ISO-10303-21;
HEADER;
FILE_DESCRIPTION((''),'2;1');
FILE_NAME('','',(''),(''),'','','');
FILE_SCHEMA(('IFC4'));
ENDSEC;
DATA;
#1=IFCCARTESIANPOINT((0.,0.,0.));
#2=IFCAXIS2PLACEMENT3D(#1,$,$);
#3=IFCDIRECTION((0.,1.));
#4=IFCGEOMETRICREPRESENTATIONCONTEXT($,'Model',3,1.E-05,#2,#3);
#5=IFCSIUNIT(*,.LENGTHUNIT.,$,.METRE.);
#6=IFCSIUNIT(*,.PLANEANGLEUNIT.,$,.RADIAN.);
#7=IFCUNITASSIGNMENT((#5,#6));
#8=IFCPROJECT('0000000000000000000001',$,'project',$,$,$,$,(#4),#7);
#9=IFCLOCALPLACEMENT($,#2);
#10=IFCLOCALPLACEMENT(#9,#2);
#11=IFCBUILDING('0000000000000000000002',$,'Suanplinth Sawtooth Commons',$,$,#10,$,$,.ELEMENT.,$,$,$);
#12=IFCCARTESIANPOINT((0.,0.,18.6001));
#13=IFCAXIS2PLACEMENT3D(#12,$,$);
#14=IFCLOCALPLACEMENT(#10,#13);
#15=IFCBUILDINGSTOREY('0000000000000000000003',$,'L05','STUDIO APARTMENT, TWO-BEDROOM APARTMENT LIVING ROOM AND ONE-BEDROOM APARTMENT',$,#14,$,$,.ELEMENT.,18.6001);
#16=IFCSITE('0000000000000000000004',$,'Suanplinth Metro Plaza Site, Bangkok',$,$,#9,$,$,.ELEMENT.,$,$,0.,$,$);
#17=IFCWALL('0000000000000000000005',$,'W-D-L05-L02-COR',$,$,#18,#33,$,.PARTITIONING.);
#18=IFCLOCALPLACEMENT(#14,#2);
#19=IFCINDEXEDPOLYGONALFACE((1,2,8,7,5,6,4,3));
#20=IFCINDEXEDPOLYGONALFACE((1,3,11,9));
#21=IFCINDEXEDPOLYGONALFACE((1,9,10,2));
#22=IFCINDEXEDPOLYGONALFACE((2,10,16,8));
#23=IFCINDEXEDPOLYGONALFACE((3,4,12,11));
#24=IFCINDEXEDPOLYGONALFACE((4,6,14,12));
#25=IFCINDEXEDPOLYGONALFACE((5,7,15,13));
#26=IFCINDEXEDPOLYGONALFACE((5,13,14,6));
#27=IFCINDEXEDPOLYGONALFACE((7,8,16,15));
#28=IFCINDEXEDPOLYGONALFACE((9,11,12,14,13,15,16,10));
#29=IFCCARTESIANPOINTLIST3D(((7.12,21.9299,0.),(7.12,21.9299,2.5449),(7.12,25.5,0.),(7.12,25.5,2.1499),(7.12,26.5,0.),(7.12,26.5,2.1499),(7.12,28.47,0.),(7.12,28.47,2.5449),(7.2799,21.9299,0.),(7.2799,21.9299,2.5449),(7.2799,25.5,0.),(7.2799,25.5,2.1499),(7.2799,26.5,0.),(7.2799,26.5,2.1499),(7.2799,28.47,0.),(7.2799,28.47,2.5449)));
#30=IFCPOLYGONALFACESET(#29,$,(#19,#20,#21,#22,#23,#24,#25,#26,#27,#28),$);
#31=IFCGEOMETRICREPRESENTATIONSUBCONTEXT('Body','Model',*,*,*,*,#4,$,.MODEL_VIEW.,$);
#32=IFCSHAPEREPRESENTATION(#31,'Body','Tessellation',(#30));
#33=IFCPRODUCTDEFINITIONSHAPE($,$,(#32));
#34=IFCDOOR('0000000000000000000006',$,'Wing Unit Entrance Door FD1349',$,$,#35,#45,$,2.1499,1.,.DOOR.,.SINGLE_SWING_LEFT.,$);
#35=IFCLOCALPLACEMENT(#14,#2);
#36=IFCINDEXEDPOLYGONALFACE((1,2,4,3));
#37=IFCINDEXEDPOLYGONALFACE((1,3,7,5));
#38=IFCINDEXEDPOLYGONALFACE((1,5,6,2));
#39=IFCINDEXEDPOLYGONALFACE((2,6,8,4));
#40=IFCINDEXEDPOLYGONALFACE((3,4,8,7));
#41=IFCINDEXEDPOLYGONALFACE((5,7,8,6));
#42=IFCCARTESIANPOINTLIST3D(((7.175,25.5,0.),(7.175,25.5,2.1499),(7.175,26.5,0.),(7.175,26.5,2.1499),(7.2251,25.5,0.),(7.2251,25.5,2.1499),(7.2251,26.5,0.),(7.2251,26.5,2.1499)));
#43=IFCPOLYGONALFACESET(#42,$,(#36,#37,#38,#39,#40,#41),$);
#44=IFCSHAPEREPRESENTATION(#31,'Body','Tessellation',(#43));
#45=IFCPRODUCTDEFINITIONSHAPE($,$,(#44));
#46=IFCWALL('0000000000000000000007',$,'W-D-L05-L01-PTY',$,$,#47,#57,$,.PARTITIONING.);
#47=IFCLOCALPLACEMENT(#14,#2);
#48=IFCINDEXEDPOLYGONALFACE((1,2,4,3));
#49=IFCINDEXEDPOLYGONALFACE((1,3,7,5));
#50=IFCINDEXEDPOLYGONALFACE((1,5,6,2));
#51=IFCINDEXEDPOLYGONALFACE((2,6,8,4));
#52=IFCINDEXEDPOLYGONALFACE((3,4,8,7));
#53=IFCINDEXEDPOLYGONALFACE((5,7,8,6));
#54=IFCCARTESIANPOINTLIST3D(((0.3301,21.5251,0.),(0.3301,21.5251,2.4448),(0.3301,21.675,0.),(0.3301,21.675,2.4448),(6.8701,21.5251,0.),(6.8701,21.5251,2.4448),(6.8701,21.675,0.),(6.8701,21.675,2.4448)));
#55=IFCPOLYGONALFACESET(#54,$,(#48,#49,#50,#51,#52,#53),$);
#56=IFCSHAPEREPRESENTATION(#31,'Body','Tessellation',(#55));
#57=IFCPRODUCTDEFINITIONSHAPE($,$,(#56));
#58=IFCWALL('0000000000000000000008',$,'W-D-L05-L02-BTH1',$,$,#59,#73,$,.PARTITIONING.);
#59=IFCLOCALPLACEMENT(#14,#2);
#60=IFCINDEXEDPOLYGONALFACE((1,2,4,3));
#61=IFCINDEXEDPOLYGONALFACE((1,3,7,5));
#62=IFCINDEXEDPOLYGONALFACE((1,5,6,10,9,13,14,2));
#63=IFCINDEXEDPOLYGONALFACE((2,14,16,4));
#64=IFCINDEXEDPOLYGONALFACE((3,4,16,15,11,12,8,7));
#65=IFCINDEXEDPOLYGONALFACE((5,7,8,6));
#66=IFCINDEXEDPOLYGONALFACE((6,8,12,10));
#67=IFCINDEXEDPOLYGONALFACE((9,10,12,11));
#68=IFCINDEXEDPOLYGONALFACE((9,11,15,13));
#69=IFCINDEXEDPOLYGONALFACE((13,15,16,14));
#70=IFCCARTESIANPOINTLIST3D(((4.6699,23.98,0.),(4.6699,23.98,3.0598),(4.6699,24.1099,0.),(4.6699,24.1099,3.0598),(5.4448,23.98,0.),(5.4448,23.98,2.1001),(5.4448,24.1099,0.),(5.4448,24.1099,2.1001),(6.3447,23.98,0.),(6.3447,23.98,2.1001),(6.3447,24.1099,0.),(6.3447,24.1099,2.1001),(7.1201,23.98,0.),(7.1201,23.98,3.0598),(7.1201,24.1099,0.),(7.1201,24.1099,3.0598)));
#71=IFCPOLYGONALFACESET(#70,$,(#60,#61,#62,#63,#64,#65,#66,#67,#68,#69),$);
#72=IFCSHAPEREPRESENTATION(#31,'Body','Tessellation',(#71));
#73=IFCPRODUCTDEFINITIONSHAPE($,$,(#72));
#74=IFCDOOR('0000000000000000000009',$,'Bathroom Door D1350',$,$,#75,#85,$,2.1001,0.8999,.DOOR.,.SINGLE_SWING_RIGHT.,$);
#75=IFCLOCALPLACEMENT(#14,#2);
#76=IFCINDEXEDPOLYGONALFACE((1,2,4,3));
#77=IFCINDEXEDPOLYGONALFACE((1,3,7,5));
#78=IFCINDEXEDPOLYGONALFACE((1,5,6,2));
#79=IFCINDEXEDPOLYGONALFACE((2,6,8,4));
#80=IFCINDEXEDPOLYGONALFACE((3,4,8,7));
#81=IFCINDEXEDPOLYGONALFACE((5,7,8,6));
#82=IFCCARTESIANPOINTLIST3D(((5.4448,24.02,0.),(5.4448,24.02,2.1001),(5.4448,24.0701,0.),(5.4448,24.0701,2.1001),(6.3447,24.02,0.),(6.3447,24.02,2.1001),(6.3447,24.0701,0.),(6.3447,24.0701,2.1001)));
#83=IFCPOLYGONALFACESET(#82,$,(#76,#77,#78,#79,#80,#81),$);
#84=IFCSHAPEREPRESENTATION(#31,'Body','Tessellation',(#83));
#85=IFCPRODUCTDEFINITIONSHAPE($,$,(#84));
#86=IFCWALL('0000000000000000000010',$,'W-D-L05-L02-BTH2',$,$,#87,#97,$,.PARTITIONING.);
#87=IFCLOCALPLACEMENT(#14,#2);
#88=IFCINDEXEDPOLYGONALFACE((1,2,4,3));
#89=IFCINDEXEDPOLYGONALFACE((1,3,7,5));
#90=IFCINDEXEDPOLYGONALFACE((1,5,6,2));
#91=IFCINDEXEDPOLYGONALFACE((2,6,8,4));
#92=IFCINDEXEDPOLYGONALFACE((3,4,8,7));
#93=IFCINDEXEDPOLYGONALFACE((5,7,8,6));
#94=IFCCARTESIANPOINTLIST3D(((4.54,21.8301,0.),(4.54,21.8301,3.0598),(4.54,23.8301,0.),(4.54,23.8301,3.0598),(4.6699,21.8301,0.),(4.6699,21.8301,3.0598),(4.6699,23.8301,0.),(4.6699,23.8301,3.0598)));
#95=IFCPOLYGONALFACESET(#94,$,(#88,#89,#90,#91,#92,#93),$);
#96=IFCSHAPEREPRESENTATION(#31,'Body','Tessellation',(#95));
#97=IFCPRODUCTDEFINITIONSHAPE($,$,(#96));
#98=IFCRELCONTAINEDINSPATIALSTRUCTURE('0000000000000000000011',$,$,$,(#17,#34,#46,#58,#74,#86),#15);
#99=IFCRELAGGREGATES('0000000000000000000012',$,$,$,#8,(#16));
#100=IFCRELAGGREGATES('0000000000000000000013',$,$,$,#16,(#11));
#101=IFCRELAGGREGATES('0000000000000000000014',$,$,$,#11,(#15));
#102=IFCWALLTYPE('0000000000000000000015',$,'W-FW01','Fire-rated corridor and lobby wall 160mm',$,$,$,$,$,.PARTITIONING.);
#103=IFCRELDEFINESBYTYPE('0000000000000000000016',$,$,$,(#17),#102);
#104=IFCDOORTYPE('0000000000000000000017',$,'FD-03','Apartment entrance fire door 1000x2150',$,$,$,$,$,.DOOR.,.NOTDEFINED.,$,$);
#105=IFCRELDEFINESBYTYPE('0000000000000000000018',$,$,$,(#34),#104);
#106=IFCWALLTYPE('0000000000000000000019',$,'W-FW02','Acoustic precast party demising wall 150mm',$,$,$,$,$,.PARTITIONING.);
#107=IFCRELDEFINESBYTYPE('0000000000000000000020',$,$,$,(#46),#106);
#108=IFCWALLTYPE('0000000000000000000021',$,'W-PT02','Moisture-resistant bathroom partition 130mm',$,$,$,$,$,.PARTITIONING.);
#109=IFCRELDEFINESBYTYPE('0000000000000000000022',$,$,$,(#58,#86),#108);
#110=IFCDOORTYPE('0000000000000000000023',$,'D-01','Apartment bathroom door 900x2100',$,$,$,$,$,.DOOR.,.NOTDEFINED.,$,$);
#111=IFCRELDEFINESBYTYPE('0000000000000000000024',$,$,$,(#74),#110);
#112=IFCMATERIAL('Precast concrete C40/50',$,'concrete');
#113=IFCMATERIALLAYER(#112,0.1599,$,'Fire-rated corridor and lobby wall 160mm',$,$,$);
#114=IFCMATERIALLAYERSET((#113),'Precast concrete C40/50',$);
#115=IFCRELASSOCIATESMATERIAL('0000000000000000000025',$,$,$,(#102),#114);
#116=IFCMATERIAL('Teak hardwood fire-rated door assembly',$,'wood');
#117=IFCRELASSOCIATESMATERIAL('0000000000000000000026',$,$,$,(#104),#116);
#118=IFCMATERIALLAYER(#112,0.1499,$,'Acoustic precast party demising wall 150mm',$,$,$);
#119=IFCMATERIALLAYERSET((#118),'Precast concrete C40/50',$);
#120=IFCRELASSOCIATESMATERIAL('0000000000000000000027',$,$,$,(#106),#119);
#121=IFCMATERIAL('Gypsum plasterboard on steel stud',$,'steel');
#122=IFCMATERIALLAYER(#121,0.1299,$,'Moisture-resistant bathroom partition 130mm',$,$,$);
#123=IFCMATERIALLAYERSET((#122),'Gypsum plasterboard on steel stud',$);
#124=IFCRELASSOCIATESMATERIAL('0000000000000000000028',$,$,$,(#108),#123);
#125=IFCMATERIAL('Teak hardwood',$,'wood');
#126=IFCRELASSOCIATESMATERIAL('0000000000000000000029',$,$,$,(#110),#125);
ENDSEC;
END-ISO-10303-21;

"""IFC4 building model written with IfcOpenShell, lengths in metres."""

from ifc_helpers import new_model, si_unit, direction, frame, frame_2d, origin, place, context, subcontext, project, spatial, rectangle, extrude, material, layer, layer_set, type_object, element, fill, save


model = new_model("IFC4")

# Units and contexts
model_context = context("Model", 3, precision=1e-05, world=origin(), true_north=direction((0.0, 1.0)))
body_context = subcontext(model_context, "Body", "Model", "MODEL_VIEW")
ifc_project = project(units=[si_unit("LENGTHUNIT", "METRE"), si_unit("PLANEANGLEUNIT", "RADIAN")], contexts=[model_context])

# Site, building, storey
site_placement = place(None, origin())
site = spatial("IfcSite", under=ifc_project, at=site_placement, Name="Suanplinth Metro Plaza Site, Bangkok", CompositionType="ELEMENT", RefElevation=0.0)
building_placement = place(site_placement, origin())
building = spatial("IfcBuilding", under=site, at=building_placement, Name="Suanplinth Sawtooth Commons", CompositionType="ELEMENT")
storey_placement = place(building_placement, frame((0.0, 0.0, 18.6001)))
storey = spatial("IfcBuildingStorey", under=building, at=storey_placement, Name="L05", Description="STUDIO APARTMENT, TWO-BEDROOM APARTMENT LIVING ROOM AND ONE-BEDROOM APARTMENT", CompositionType="ELEMENT", Elevation=18.6001)

# Shared definitions
ifc_material_1 = material(Name="Precast concrete C40/50", Category="concrete")

# Wall, opening, door
ifc_layer_1 = layer(ifc_material_1, 0.1599, Name="Fire-rated corridor and lobby wall 160mm")
ifc_layer_set_1 = layer_set([ifc_layer_1], Name="Precast concrete C40/50")
wall_type_1 = type_object("IfcWallType", Name="W-FW01", Description="Fire-rated corridor and lobby wall 160mm", PredefinedType="PARTITIONING", material=ifc_layer_set_1)
wall_1_placement = place(storey_placement, frame((7.2, 21.9299, 0.0), z_axis=(0.0, 0.0, 1.0), x_axis=(0.0, 1.0, 0.0)))
wall_1 = element("IfcWall", 1, at=wall_1_placement, inside=storey, type_object=wall_type_1, Name="W-D-L05-L02-COR", PredefinedType="PARTITIONING", context=body_context, shape_type="SweptSolid", body=[
    extrude(rectangle(XDim=6.54, YDim=0.1599, at=frame_2d((3.27, 0.0))), origin(), (0.0, 0.0, 1.0), 2.5449),
])
opening_1_placement = place(wall_1_placement, frame((3.5701, 0.0, 0.0)))
opening_1 = element("IfcOpeningElement", 2, at=opening_1_placement, cuts=wall_1, PredefinedType="OPENING", context=body_context, shape_type="SweptSolid", body=[
    extrude(rectangle(XDim=1.0, YDim=2.1499, at=frame_2d((0.5, 1.075))), frame((0.0, 0.0947, 0.0), z_axis=(0.0, -1.0, 0.0), x_axis=(1.0, 0.0, 0.0)), (0.0, 0.0, 1.0), 0.1897),
])
ifc_material_2 = material(Name="Teak hardwood fire-rated door assembly", Category="wood")
door_type_1 = type_object("IfcDoorType", Name="FD-03", Description="Apartment entrance fire door 1000x2150", OperationType="NOTDEFINED", PredefinedType="DOOR", material=ifc_material_2)
door_1_placement = place(opening_1_placement, origin())
door_1 = element("IfcDoor", 3, at=door_1_placement, inside=storey, type_object=door_type_1, Name="Wing Unit Entrance Door FD1349", OperationType="SINGLE_SWING_LEFT", OverallHeight=2.1499, OverallWidth=1.0, PredefinedType="DOOR", context=body_context, shape_type="SweptSolid", body=[
    extrude(rectangle(XDim=1.0, YDim=2.1499, at=frame_2d((0.5, 1.075))), frame((0.0, 0.0249, 0.0), z_axis=(0.0, -1.0, 0.0), x_axis=(1.0, 0.0, 0.0)), (0.0, 0.0, 1.0), 0.05),
])
fill(opening_1, door_1)

# Wall
ifc_layer_2 = layer(ifc_material_1, 0.1499, Name="Acoustic precast party demising wall 150mm")
ifc_layer_set_2 = layer_set([ifc_layer_2], Name="Precast concrete C40/50")
wall_type_2 = type_object("IfcWallType", Name="W-FW02", Description="Acoustic precast party demising wall 150mm", PredefinedType="PARTITIONING", material=ifc_layer_set_2)
wall_2_placement = place(storey_placement, frame((0.3301, 21.6001, 0.0), z_axis=(0.0, 0.0, 1.0), x_axis=(1.0, 0.0, 0.0)))
element("IfcWall", 4, at=wall_2_placement, inside=storey, type_object=wall_type_2, Name="W-D-L05-L01-PTY", PredefinedType="PARTITIONING", context=body_context, shape_type="SweptSolid", body=[
    extrude(rectangle(XDim=6.54, YDim=0.1499, at=frame_2d((3.27, 0.0))), origin(), (0.0, 0.0, 1.0), 2.4448),
])

# Wall, opening, door
ifc_material_3 = material(Name="Gypsum plasterboard on steel stud", Category="steel")
ifc_layer_3 = layer(ifc_material_3, 0.1299, Name="Moisture-resistant bathroom partition 130mm")
ifc_layer_set_3 = layer_set([ifc_layer_3], Name="Gypsum plasterboard on steel stud")
wall_type_3 = type_object("IfcWallType", Name="W-PT02", Description="Moisture-resistant bathroom partition 130mm", PredefinedType="PARTITIONING", material=ifc_layer_set_3)
wall_3_placement = place(storey_placement, frame((4.6699, 24.0449, 0.0), z_axis=(0.0, 0.0, 1.0), x_axis=(1.0, 0.0, 0.0)))
wall_3 = element("IfcWall", 5, at=wall_3_placement, inside=storey, type_object=wall_type_3, Name="W-D-L05-L02-BTH1", PredefinedType="PARTITIONING", context=body_context, shape_type="SweptSolid", body=[
    extrude(rectangle(XDim=2.4502, YDim=0.1299, at=frame_2d((1.2251, 0.0))), origin(), (0.0, 0.0, 1.0), 3.0598),
])
opening_2_placement = place(wall_3_placement, frame((0.7749, 0.0, 0.0)))
opening_2 = element("IfcOpeningElement", 6, at=opening_2_placement, cuts=wall_3, PredefinedType="OPENING", context=body_context, shape_type="SweptSolid", body=[
    extrude(rectangle(XDim=0.8999, YDim=2.1001, at=frame_2d((0.45, 1.05))), frame((0.0, 0.0798, 0.0), z_axis=(0.0, -1.0, 0.0), x_axis=(1.0, 0.0, 0.0)), (0.0, 0.0, 1.0), 0.1597),
])
ifc_material_4 = material(Name="Teak hardwood", Category="wood")
door_type_2 = type_object("IfcDoorType", Name="D-01", Description="Apartment bathroom door 900x2100", OperationType="NOTDEFINED", PredefinedType="DOOR", material=ifc_material_4)
door_2_placement = place(opening_2_placement, frame((0.8999, 0.0, 0.0), z_axis=(0.0, 0.0, 1.0), x_axis=(-1.0, 0.0, 0.0)))
door_2 = element("IfcDoor", 7, at=door_2_placement, inside=storey, type_object=door_type_2, Name="Bathroom Door D1350", OperationType="SINGLE_SWING_RIGHT", OverallHeight=2.1001, OverallWidth=0.8999, PredefinedType="DOOR", context=body_context, shape_type="SweptSolid", body=[
    extrude(rectangle(XDim=0.8999, YDim=2.1001, at=frame_2d((0.45, 1.05))), frame((0.0, 0.0249, 0.0), z_axis=(0.0, -1.0, 0.0), x_axis=(1.0, 0.0, 0.0)), (0.0, 0.0, 1.0), 0.05),
])
fill(opening_2, door_2)

# Wall
wall_4_placement = place(storey_placement, frame((4.605, 21.8301, 0.0), z_axis=(0.0, 0.0, 1.0), x_axis=(0.0, 1.0, 0.0)))
element("IfcWall", 8, at=wall_4_placement, inside=storey, type_object=wall_type_3, Name="W-D-L05-L02-BTH2", PredefinedType="PARTITIONING", context=body_context, shape_type="SweptSolid", body=[
    extrude(rectangle(XDim=2.0, YDim=0.1299, at=frame_2d((1.0, 0.0))), origin(), (0.0, 0.0, 1.0), 3.0598),
])

save(model, "model.ifc")
